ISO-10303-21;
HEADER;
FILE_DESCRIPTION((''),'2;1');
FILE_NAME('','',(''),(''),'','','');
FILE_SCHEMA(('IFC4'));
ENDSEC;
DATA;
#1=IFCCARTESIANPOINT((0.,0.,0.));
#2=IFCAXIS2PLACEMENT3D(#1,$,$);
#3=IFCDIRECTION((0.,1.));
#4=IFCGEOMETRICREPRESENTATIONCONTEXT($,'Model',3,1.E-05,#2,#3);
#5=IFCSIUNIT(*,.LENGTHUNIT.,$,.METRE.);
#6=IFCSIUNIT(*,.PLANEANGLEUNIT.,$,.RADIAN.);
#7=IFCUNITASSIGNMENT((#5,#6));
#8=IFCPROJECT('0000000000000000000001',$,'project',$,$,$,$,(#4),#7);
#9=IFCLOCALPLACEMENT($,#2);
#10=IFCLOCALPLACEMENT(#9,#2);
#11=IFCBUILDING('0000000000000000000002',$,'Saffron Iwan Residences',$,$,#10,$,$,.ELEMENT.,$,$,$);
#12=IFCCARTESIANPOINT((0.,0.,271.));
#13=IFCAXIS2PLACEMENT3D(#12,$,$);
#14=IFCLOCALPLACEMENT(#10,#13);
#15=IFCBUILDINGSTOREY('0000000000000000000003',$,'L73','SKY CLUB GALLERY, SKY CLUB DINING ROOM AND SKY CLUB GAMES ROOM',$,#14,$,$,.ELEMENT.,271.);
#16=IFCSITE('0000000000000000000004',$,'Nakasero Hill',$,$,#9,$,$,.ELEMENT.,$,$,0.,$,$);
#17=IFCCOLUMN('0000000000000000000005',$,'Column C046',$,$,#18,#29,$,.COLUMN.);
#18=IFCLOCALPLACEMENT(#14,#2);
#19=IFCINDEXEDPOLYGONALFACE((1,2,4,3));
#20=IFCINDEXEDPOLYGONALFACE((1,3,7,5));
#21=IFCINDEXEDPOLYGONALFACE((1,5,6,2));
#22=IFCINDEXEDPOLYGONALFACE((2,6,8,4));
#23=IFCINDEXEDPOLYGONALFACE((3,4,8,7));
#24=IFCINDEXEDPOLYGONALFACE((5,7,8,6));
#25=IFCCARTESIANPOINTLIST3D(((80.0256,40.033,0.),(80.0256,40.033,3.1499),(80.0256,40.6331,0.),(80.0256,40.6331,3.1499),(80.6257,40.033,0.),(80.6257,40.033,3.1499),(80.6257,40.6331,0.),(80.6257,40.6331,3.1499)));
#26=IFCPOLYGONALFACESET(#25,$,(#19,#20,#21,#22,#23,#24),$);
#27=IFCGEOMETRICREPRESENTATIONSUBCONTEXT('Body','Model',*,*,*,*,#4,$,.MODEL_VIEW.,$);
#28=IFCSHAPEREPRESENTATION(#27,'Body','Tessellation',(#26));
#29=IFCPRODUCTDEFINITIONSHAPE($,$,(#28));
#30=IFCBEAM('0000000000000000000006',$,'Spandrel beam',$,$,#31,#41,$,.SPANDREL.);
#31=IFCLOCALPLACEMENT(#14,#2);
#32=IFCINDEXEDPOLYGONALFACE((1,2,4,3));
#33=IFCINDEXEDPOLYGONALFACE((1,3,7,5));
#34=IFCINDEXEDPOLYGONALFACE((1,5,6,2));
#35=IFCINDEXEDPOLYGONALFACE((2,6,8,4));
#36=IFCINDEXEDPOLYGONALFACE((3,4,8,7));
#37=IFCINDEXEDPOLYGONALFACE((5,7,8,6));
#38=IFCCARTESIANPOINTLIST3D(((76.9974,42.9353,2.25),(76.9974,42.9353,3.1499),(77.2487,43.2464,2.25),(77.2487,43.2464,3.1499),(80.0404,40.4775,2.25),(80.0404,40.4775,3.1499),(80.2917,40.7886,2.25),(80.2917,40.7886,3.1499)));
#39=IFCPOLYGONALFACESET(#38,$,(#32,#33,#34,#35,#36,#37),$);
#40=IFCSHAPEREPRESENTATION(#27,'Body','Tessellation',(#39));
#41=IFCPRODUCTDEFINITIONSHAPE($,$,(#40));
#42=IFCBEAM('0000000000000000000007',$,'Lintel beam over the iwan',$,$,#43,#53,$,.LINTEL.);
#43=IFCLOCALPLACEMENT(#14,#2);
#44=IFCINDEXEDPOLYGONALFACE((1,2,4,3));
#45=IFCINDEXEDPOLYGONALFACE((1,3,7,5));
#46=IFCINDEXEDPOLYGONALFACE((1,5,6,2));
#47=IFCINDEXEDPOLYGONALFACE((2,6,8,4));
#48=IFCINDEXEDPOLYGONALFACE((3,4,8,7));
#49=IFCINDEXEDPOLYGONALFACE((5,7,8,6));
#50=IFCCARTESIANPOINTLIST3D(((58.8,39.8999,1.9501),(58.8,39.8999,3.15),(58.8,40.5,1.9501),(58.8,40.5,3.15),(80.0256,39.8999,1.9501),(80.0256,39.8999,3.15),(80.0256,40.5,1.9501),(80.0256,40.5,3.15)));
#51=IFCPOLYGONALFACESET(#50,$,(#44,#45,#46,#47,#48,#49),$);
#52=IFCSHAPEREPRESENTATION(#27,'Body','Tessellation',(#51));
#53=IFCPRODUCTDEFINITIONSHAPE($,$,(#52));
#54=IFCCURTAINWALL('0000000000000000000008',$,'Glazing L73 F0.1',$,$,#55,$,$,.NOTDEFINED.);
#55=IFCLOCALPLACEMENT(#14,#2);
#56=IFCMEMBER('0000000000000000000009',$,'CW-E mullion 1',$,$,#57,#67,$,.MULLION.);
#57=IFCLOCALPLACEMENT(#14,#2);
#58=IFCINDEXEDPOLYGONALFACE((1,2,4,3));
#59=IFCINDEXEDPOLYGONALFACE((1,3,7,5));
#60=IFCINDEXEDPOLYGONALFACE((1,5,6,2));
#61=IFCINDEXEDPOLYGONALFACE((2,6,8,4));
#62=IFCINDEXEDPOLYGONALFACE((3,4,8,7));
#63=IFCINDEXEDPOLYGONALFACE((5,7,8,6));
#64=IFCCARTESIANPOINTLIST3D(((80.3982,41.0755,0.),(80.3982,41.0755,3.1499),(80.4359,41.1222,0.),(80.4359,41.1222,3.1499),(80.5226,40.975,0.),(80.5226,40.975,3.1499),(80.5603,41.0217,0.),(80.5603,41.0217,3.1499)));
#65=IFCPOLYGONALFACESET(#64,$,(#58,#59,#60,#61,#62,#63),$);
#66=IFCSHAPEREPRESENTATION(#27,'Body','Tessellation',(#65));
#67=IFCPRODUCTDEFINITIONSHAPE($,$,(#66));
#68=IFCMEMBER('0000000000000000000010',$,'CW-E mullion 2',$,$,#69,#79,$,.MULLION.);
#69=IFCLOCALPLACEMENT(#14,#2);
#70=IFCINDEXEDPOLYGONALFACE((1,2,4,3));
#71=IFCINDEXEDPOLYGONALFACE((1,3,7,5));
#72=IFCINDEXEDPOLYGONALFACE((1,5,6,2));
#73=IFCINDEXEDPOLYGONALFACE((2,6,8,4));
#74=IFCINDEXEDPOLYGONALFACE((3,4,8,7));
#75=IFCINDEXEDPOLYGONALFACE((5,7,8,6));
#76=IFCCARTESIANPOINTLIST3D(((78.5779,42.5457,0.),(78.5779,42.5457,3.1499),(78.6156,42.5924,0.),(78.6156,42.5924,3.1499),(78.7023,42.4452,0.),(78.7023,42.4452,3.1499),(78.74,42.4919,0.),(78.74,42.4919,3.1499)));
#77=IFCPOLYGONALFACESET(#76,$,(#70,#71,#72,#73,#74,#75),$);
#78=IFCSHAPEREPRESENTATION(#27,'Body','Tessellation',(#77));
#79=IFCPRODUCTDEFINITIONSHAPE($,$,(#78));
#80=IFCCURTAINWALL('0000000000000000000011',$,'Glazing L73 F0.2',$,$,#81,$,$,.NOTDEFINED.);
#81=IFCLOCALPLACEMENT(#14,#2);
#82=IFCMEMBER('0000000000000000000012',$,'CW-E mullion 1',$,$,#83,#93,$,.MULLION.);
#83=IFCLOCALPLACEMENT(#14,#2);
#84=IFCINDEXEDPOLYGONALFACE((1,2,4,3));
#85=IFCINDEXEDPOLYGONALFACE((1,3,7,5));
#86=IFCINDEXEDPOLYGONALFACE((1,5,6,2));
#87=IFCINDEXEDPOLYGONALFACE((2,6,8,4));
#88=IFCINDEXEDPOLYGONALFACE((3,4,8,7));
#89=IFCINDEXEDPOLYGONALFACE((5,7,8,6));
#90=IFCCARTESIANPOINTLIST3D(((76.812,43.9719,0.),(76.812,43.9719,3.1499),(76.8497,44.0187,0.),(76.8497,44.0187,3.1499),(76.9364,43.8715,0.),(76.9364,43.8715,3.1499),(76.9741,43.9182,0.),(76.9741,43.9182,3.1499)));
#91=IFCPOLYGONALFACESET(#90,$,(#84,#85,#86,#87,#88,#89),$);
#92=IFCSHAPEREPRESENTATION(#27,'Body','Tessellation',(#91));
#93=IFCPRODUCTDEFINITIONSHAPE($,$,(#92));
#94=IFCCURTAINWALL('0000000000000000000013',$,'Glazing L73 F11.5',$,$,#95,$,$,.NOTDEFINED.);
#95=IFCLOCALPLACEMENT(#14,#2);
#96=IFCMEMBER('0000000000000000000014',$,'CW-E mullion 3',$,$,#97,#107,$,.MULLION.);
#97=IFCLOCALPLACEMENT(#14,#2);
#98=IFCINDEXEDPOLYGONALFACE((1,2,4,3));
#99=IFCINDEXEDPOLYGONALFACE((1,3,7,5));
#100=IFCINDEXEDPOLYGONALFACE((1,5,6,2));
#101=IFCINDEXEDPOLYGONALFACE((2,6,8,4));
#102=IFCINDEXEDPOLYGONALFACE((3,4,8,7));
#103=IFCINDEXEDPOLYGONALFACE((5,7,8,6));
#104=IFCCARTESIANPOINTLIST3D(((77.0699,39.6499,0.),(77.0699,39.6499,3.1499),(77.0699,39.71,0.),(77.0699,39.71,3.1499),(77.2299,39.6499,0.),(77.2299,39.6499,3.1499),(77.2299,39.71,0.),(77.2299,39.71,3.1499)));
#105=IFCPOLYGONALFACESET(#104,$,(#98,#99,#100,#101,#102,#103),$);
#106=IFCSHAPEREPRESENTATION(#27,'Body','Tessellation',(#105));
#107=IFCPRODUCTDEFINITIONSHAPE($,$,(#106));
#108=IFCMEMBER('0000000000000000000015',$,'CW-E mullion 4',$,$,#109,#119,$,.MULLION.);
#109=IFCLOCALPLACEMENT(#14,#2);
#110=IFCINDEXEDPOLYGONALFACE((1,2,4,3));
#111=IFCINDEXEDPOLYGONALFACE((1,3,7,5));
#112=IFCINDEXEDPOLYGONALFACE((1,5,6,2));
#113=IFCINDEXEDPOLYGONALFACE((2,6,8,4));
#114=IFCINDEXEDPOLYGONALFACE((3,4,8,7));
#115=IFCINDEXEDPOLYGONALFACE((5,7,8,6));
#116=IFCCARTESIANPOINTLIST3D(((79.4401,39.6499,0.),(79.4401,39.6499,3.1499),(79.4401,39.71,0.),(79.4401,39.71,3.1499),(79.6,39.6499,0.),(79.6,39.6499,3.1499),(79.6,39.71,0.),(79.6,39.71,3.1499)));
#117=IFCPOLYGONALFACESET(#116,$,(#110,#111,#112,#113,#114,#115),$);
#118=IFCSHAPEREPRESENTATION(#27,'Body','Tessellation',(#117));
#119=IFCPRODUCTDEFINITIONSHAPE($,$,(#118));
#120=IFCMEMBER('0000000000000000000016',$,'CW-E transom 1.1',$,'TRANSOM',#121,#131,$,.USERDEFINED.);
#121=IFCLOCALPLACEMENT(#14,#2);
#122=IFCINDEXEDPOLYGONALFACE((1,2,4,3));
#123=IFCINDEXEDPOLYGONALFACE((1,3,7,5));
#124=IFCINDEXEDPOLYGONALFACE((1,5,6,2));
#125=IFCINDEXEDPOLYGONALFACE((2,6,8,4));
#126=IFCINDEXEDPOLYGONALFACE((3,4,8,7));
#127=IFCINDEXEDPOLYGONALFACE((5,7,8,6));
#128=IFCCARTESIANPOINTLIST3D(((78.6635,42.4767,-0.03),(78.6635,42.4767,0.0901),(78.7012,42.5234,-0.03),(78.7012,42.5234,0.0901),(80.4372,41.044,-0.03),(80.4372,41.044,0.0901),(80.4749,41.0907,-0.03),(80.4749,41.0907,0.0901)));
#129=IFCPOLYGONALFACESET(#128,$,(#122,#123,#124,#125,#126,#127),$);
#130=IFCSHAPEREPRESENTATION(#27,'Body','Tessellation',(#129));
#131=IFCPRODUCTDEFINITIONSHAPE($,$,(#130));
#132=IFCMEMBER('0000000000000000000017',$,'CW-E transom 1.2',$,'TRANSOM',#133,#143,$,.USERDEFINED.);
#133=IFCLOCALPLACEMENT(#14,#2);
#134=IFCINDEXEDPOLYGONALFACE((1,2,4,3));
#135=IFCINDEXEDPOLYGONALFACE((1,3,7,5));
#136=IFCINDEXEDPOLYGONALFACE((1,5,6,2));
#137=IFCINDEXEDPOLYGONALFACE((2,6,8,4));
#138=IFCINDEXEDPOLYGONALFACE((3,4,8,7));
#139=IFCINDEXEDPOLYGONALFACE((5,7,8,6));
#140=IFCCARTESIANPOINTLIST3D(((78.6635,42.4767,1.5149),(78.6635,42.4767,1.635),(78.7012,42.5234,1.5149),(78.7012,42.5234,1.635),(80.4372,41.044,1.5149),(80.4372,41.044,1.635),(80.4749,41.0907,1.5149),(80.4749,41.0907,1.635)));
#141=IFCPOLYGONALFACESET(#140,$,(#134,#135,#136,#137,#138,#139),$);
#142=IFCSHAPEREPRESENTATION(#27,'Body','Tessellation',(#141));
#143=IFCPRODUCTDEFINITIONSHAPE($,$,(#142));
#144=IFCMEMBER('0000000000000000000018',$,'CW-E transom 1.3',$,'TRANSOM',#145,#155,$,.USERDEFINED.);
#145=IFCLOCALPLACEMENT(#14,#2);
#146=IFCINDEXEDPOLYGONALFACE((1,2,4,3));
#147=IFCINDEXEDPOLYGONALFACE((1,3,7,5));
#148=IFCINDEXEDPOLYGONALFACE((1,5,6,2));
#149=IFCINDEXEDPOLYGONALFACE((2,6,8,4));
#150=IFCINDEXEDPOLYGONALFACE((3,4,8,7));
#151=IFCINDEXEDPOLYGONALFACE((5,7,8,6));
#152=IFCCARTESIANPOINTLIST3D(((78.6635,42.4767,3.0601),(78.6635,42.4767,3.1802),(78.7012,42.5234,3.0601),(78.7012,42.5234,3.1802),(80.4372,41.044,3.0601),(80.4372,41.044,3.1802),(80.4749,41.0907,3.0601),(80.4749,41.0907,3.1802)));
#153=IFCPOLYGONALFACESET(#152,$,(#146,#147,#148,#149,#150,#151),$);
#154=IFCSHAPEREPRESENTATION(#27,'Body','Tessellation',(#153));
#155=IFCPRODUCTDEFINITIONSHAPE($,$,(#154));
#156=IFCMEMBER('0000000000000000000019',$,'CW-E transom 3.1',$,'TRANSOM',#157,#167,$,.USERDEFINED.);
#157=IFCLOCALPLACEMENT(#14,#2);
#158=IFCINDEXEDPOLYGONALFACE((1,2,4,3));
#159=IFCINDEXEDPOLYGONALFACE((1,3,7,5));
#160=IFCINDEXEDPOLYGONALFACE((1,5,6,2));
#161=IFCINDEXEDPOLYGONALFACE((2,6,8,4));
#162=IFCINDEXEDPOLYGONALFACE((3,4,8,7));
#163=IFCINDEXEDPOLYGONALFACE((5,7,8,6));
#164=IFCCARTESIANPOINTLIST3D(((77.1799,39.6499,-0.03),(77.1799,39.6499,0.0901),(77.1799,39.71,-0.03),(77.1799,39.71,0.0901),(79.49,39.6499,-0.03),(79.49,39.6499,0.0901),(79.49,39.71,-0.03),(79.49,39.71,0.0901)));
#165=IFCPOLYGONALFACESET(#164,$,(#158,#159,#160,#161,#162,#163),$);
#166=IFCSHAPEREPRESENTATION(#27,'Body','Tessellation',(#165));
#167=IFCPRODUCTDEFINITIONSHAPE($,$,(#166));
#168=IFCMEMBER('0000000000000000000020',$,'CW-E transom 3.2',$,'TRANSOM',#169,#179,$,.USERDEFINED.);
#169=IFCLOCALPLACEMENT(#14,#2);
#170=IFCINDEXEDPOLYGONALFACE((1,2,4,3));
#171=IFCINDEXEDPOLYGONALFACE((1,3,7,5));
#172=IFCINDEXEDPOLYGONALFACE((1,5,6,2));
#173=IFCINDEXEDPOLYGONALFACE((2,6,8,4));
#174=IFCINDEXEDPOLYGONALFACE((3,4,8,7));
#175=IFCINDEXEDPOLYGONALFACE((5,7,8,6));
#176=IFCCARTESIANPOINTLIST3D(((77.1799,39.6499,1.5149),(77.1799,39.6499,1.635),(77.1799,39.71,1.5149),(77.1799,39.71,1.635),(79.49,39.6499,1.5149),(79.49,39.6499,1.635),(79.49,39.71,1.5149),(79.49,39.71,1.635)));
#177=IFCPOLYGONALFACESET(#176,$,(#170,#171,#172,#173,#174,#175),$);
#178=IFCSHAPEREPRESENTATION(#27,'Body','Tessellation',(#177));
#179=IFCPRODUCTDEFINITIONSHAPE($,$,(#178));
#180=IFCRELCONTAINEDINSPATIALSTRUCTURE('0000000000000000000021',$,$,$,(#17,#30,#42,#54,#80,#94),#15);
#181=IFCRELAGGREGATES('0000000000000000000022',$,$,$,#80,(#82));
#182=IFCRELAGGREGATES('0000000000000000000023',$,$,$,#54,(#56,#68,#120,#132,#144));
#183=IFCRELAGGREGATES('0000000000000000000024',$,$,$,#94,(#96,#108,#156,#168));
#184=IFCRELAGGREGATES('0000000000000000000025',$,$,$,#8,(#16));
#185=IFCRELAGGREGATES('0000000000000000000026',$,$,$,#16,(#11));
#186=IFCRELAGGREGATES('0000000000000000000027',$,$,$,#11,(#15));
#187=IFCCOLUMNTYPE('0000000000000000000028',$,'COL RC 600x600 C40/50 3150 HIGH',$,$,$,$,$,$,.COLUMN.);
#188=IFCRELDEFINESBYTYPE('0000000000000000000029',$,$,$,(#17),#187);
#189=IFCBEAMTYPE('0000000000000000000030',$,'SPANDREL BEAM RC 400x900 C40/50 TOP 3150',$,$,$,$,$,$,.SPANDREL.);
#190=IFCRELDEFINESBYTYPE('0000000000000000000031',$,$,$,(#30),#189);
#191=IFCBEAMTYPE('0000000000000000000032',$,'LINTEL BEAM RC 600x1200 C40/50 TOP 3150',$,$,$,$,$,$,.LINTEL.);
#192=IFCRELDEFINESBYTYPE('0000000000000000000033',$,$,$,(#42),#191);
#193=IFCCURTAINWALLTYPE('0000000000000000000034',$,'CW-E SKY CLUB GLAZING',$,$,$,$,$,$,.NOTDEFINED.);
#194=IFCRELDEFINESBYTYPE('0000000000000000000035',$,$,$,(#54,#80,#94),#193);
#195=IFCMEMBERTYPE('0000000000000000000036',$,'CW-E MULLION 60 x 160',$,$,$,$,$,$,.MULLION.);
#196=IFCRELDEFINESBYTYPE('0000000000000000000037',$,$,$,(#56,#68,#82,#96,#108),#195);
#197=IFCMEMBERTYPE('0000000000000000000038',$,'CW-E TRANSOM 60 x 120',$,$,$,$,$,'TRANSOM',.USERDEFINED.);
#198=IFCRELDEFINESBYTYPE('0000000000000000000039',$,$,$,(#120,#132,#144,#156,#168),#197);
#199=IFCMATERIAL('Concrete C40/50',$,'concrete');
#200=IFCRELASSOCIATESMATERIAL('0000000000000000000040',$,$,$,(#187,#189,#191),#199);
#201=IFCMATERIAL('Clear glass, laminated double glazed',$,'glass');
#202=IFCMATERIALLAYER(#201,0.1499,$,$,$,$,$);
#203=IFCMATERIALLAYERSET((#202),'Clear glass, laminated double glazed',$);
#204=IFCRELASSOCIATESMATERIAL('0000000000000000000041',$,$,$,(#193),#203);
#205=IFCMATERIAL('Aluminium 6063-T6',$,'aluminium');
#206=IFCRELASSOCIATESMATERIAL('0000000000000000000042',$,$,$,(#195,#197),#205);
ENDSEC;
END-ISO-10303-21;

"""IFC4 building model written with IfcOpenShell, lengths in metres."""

from ifc_helpers import new_model, si_unit, direction, frame, origin, origin_2d, place, context, subcontext, project, spatial, rectangle, extrude, source, transform, mapped, material, layer, layer_set, material_profile, profile_set, type_object, element, aggregate, save


model = new_model("IFC4")

# Units and contexts
model_context = context("Model", 3, precision=1e-05, world=origin(), true_north=direction((0.0, 1.0)))
body_context = subcontext(model_context, "Body", "Model", "MODEL_VIEW")
ifc_project = project(units=[si_unit("LENGTHUNIT", "METRE"), si_unit("PLANEANGLEUNIT", "RADIAN")], contexts=[model_context])

# Site, building, storey
site_placement = place(None, origin())
site = spatial("IfcSite", under=ifc_project, at=site_placement, Name="Nakasero Hill", CompositionType="ELEMENT", RefElevation=0.0)
building_placement = place(site_placement, origin())
building = spatial("IfcBuilding", under=site, at=building_placement, Name="Saffron Iwan Residences", CompositionType="ELEMENT")
storey_placement = place(building_placement, frame((0.0, 0.0, 271.0)))
storey = spatial("IfcBuildingStorey", under=building, at=storey_placement, Name="L73", Description="SKY CLUB GALLERY, SKY CLUB DINING ROOM AND SKY CLUB GAMES ROOM", CompositionType="ELEMENT", Elevation=271.0)

# Column
ifc_material_1 = material(Name="Concrete C40/50", Category="concrete")
ifc_material_profile_1 = material_profile(ifc_material_1, rectangle(XDim=0.6001, YDim=0.6001, at=origin_2d()), Name="RC 600x600")
ifc_profile_set_1 = profile_set([ifc_material_profile_1], Name="Concrete C40/50")
column_type = type_object("IfcColumnType", Name="COL RC 600x600 C40/50 3150 HIGH", PredefinedType="COLUMN", material=ifc_profile_set_1)
shared_shape_1 = source(origin(), body_context, "Body", "SweptSolid", [
    extrude(rectangle(XDim=0.6001, YDim=0.6001, at=origin_2d()), origin(), (0.0, 0.0, 1.0), 3.1499),
])
column_placement = place(storey_placement, frame((80.3257, 40.333, 0.0), z_axis=(0.0, 0.0, 1.0), x_axis=(1.0, 0.0, 0.0)))
element("IfcColumn", 1, at=column_placement, inside=storey, type_object=column_type, Name="Column C046", PredefinedType="COLUMN", context=body_context, shape_type="MappedRepresentation", body=[
    mapped(shared_shape_1, transform((0.0, 0.0, 0.0))),
])

# Beams
ifc_material_profile_2 = material_profile(ifc_material_1, rectangle(XDim=0.3999, YDim=0.8999, at=origin_2d()), Name="RC 400x900")
ifc_profile_set_2 = profile_set([ifc_material_profile_2], Name="Concrete C40/50")
beam_type_1 = type_object("IfcBeamType", Name="SPANDREL BEAM RC 400x900 C40/50 TOP 3150", PredefinedType="SPANDREL", material=ifc_profile_set_2)
shared_shape_2 = source(origin(), body_context, "Body", "SweptSolid", [
    extrude(rectangle(XDim=0.3999, YDim=0.8999, at=origin_2d()), origin(), (0.0, 0.0, 1.0), 3.9116),
])
beam_1_placement = place(storey_placement, frame((77.123, 43.0908, 2.7), z_axis=(0.777944, -0.628334, 0.0), x_axis=(0.628334, 0.777944, 0.0)))
element("IfcBeam", 2, at=beam_1_placement, inside=storey, type_object=beam_type_1, Name="Spandrel beam", PredefinedType="SPANDREL", context=body_context, shape_type="MappedRepresentation", body=[
    mapped(shared_shape_2, transform((0.0, 0.0, 0.0))),
])
ifc_material_profile_3 = material_profile(ifc_material_1, rectangle(XDim=0.6001, YDim=1.2, at=origin_2d()), Name="RC 600x1200")
ifc_profile_set_3 = profile_set([ifc_material_profile_3], Name="Concrete C40/50")
beam_type_2 = type_object("IfcBeamType", Name="LINTEL BEAM RC 600x1200 C40/50 TOP 3150", PredefinedType="LINTEL", material=ifc_profile_set_3)
shared_shape_3 = source(origin(), body_context, "Body", "SweptSolid", [
    extrude(rectangle(XDim=0.6001, YDim=1.2, at=origin_2d()), origin(), (0.0, 0.0, 1.0), 21.2256),
])
beam_2_placement = place(storey_placement, frame((80.0256, 40.2, 2.55), z_axis=(-1.0, 0.0, 0.0), x_axis=(0.0, -1.0, 0.0)))
element("IfcBeam", 3, at=beam_2_placement, inside=storey, type_object=beam_type_2, Name="Lintel beam over the iwan", PredefinedType="LINTEL", context=body_context, shape_type="MappedRepresentation", body=[
    mapped(shared_shape_3, transform((0.0, 0.0, 0.0))),
])

# Curtain wall, members
ifc_material_2 = material(Name="Clear glass, laminated double glazed", Category="glass")
ifc_layer_1 = layer(ifc_material_2, 0.1499)
ifc_layer_set_1 = layer_set([ifc_layer_1], Name="Clear glass, laminated double glazed")
curtain_wall_type = type_object("IfcCurtainWallType", Name="CW-E SKY CLUB GLAZING", PredefinedType="NOTDEFINED", material=ifc_layer_set_1)
curtain_wall_1_placement = place(storey_placement, origin())
curtain_wall_1 = element("IfcCurtainWall", 4, at=curtain_wall_1_placement, inside=storey, type_object=curtain_wall_type, Name="Glazing L73 F0.1", PredefinedType="NOTDEFINED")
ifc_material_3 = material(Name="Aluminium 6063-T6", Category="aluminium")
ifc_material_profile_4 = material_profile(ifc_material_3, rectangle(XDim=0.0601, YDim=0.1599, at=origin_2d()), Name="CW-E MULLION 60 x 160")
ifc_profile_set_4 = profile_set([ifc_material_profile_4], Name="Aluminium 6063-T6")
member_type_1 = type_object("IfcMemberType", Name="CW-E MULLION 60 x 160", PredefinedType="MULLION", material=ifc_profile_set_4)
shared_shape_4 = source(origin(), body_context, "Body", "SweptSolid", [
    extrude(rectangle(XDim=0.0601, YDim=0.1599, at=origin_2d()), origin(), (0.0, 0.0, 1.0), 3.1499),
])
member_1_placement = place(storey_placement, frame((80.4792, 41.0486, 0.0), z_axis=(0.0, 0.0, 1.0), x_axis=(-0.628337, -0.777941, 0.0)))
member_1 = element("IfcMember", 5, at=member_1_placement, type_object=member_type_1, Name="CW-E mullion 1", PredefinedType="MULLION", context=body_context, shape_type="MappedRepresentation", body=[
    mapped(shared_shape_4, transform((0.0, 0.0, 0.0))),
])
member_2_placement = place(storey_placement, frame((78.6589, 42.5188, 0.0), z_axis=(0.0, 0.0, 1.0), x_axis=(-0.628337, -0.777941, 0.0)))
member_2 = element("IfcMember", 6, at=member_2_placement, type_object=member_type_1, Name="CW-E mullion 2", PredefinedType="MULLION", context=body_context, shape_type="MappedRepresentation", body=[
    mapped(shared_shape_4, transform((0.0, 0.0, 0.0))),
])

# Curtain wall, member
curtain_wall_2_placement = place(storey_placement, origin())
curtain_wall_2 = element("IfcCurtainWall", 7, at=curtain_wall_2_placement, inside=storey, type_object=curtain_wall_type, Name="Glazing L73 F0.2", PredefinedType="NOTDEFINED")
member_3_placement = place(storey_placement, frame((76.8931, 43.9451, 0.0), z_axis=(0.0, 0.0, 1.0), x_axis=(-0.628337, -0.777941, 0.0)))
member_3 = element("IfcMember", 8, at=member_3_placement, type_object=member_type_1, Name="CW-E mullion 1", PredefinedType="MULLION", context=body_context, shape_type="MappedRepresentation", body=[
    mapped(shared_shape_4, transform((0.0, 0.0, 0.0))),
])
aggregate(curtain_wall_2, [member_3])

# Curtain wall, members
curtain_wall_3_placement = place(storey_placement, origin())
curtain_wall_3 = element("IfcCurtainWall", 9, at=curtain_wall_3_placement, inside=storey, type_object=curtain_wall_type, Name="Glazing L73 F11.5", PredefinedType="NOTDEFINED")
member_4_placement = place(storey_placement, frame((77.1499, 39.6799, 0.0), z_axis=(0.0, 0.0, 1.0), x_axis=(0.0, 1.0, 0.0)))
member_4 = element("IfcMember", 10, at=member_4_placement, type_object=member_type_1, Name="CW-E mullion 3", PredefinedType="MULLION", context=body_context, shape_type="MappedRepresentation", body=[
    mapped(shared_shape_4, transform((0.0, 0.0, 0.0))),
])
member_5_placement = place(storey_placement, frame((79.52, 39.6799, 0.0), z_axis=(0.0, 0.0, 1.0), x_axis=(0.0, 1.0, 0.0)))
member_5 = element("IfcMember", 11, at=member_5_placement, type_object=member_type_1, Name="CW-E mullion 4", PredefinedType="MULLION", context=body_context, shape_type="MappedRepresentation", body=[
    mapped(shared_shape_4, transform((0.0, 0.0, 0.0))),
])

# Members
ifc_material_profile_5 = material_profile(ifc_material_3, rectangle(XDim=0.0601, YDim=0.1201, at=origin_2d()), Name="CW-E TRANSOM 60 x 120")
ifc_profile_set_5 = profile_set([ifc_material_profile_5], Name="Aluminium 6063-T6")
member_type_2 = type_object("IfcMemberType", Name="CW-E TRANSOM 60 x 120", ElementType="TRANSOM", PredefinedType="USERDEFINED", material=ifc_profile_set_5)
shared_shape_5 = source(origin(), body_context, "Body", "SweptSolid", [
    extrude(rectangle(XDim=0.0601, YDim=0.1201, at=origin_2d()), origin(), (0.0, 0.0, 1.0), 2.28),
])
member_6_placement = place(storey_placement, frame((80.4561, 41.0674, 0.03), z_axis=(-0.777935, 0.628345, 0.0), x_axis=(-0.628345, -0.777935, 0.0)))
member_6 = element("IfcMember", 12, at=member_6_placement, type_object=member_type_2, Name="CW-E transom 1.1", ObjectType="TRANSOM", PredefinedType="USERDEFINED", context=body_context, shape_type="MappedRepresentation", body=[
    mapped(shared_shape_5, transform((0.0, 0.0, 0.0))),
])
member_7_placement = place(storey_placement, frame((80.4561, 41.0674, 1.575), z_axis=(-0.777935, 0.628345, 0.0), x_axis=(-0.628345, -0.777935, 0.0)))
member_7 = element("IfcMember", 13, at=member_7_placement, type_object=member_type_2, Name="CW-E transom 1.2", ObjectType="TRANSOM", PredefinedType="USERDEFINED", context=body_context, shape_type="MappedRepresentation", body=[
    mapped(shared_shape_5, transform((0.0, 0.0, 0.0))),
])
member_8_placement = place(storey_placement, frame((80.4561, 41.0674, 3.1201), z_axis=(-0.777935, 0.628345, 0.0), x_axis=(-0.628345, -0.777935, 0.0)))
member_8 = element("IfcMember", 14, at=member_8_placement, type_object=member_type_2, Name="CW-E transom 1.3", ObjectType="TRANSOM", PredefinedType="USERDEFINED", context=body_context, shape_type="MappedRepresentation", body=[
    mapped(shared_shape_5, transform((0.0, 0.0, 0.0))),
])
shared_shape_6 = source(origin(), body_context, "Body", "SweptSolid", [
    extrude(rectangle(XDim=0.0601, YDim=0.1201, at=origin_2d()), origin(), (0.0, 0.0, 1.0), 2.3101),
])
member_9_placement = place(storey_placement, frame((77.1799, 39.6799, 0.03), z_axis=(1.0, 0.0, 0.0), x_axis=(0.0, 1.0, 0.0)))
member_9 = element("IfcMember", 15, at=member_9_placement, type_object=member_type_2, Name="CW-E transom 3.1", ObjectType="TRANSOM", PredefinedType="USERDEFINED", context=body_context, shape_type="MappedRepresentation", body=[
    mapped(shared_shape_6, transform((0.0, 0.0, 0.0))),
])
member_10_placement = place(storey_placement, frame((77.1799, 39.6799, 1.575), z_axis=(1.0, 0.0, 0.0), x_axis=(0.0, 1.0, 0.0)))
member_10 = element("IfcMember", 16, at=member_10_placement, type_object=member_type_2, Name="CW-E transom 3.2", ObjectType="TRANSOM", PredefinedType="USERDEFINED", context=body_context, shape_type="MappedRepresentation", body=[
    mapped(shared_shape_6, transform((0.0, 0.0, 0.0))),
])

aggregate(curtain_wall_1, [member_1, member_2, member_6, member_7, member_8])
aggregate(curtain_wall_3, [member_4, member_5, member_9, member_10])

save(model, "model.ifc")
